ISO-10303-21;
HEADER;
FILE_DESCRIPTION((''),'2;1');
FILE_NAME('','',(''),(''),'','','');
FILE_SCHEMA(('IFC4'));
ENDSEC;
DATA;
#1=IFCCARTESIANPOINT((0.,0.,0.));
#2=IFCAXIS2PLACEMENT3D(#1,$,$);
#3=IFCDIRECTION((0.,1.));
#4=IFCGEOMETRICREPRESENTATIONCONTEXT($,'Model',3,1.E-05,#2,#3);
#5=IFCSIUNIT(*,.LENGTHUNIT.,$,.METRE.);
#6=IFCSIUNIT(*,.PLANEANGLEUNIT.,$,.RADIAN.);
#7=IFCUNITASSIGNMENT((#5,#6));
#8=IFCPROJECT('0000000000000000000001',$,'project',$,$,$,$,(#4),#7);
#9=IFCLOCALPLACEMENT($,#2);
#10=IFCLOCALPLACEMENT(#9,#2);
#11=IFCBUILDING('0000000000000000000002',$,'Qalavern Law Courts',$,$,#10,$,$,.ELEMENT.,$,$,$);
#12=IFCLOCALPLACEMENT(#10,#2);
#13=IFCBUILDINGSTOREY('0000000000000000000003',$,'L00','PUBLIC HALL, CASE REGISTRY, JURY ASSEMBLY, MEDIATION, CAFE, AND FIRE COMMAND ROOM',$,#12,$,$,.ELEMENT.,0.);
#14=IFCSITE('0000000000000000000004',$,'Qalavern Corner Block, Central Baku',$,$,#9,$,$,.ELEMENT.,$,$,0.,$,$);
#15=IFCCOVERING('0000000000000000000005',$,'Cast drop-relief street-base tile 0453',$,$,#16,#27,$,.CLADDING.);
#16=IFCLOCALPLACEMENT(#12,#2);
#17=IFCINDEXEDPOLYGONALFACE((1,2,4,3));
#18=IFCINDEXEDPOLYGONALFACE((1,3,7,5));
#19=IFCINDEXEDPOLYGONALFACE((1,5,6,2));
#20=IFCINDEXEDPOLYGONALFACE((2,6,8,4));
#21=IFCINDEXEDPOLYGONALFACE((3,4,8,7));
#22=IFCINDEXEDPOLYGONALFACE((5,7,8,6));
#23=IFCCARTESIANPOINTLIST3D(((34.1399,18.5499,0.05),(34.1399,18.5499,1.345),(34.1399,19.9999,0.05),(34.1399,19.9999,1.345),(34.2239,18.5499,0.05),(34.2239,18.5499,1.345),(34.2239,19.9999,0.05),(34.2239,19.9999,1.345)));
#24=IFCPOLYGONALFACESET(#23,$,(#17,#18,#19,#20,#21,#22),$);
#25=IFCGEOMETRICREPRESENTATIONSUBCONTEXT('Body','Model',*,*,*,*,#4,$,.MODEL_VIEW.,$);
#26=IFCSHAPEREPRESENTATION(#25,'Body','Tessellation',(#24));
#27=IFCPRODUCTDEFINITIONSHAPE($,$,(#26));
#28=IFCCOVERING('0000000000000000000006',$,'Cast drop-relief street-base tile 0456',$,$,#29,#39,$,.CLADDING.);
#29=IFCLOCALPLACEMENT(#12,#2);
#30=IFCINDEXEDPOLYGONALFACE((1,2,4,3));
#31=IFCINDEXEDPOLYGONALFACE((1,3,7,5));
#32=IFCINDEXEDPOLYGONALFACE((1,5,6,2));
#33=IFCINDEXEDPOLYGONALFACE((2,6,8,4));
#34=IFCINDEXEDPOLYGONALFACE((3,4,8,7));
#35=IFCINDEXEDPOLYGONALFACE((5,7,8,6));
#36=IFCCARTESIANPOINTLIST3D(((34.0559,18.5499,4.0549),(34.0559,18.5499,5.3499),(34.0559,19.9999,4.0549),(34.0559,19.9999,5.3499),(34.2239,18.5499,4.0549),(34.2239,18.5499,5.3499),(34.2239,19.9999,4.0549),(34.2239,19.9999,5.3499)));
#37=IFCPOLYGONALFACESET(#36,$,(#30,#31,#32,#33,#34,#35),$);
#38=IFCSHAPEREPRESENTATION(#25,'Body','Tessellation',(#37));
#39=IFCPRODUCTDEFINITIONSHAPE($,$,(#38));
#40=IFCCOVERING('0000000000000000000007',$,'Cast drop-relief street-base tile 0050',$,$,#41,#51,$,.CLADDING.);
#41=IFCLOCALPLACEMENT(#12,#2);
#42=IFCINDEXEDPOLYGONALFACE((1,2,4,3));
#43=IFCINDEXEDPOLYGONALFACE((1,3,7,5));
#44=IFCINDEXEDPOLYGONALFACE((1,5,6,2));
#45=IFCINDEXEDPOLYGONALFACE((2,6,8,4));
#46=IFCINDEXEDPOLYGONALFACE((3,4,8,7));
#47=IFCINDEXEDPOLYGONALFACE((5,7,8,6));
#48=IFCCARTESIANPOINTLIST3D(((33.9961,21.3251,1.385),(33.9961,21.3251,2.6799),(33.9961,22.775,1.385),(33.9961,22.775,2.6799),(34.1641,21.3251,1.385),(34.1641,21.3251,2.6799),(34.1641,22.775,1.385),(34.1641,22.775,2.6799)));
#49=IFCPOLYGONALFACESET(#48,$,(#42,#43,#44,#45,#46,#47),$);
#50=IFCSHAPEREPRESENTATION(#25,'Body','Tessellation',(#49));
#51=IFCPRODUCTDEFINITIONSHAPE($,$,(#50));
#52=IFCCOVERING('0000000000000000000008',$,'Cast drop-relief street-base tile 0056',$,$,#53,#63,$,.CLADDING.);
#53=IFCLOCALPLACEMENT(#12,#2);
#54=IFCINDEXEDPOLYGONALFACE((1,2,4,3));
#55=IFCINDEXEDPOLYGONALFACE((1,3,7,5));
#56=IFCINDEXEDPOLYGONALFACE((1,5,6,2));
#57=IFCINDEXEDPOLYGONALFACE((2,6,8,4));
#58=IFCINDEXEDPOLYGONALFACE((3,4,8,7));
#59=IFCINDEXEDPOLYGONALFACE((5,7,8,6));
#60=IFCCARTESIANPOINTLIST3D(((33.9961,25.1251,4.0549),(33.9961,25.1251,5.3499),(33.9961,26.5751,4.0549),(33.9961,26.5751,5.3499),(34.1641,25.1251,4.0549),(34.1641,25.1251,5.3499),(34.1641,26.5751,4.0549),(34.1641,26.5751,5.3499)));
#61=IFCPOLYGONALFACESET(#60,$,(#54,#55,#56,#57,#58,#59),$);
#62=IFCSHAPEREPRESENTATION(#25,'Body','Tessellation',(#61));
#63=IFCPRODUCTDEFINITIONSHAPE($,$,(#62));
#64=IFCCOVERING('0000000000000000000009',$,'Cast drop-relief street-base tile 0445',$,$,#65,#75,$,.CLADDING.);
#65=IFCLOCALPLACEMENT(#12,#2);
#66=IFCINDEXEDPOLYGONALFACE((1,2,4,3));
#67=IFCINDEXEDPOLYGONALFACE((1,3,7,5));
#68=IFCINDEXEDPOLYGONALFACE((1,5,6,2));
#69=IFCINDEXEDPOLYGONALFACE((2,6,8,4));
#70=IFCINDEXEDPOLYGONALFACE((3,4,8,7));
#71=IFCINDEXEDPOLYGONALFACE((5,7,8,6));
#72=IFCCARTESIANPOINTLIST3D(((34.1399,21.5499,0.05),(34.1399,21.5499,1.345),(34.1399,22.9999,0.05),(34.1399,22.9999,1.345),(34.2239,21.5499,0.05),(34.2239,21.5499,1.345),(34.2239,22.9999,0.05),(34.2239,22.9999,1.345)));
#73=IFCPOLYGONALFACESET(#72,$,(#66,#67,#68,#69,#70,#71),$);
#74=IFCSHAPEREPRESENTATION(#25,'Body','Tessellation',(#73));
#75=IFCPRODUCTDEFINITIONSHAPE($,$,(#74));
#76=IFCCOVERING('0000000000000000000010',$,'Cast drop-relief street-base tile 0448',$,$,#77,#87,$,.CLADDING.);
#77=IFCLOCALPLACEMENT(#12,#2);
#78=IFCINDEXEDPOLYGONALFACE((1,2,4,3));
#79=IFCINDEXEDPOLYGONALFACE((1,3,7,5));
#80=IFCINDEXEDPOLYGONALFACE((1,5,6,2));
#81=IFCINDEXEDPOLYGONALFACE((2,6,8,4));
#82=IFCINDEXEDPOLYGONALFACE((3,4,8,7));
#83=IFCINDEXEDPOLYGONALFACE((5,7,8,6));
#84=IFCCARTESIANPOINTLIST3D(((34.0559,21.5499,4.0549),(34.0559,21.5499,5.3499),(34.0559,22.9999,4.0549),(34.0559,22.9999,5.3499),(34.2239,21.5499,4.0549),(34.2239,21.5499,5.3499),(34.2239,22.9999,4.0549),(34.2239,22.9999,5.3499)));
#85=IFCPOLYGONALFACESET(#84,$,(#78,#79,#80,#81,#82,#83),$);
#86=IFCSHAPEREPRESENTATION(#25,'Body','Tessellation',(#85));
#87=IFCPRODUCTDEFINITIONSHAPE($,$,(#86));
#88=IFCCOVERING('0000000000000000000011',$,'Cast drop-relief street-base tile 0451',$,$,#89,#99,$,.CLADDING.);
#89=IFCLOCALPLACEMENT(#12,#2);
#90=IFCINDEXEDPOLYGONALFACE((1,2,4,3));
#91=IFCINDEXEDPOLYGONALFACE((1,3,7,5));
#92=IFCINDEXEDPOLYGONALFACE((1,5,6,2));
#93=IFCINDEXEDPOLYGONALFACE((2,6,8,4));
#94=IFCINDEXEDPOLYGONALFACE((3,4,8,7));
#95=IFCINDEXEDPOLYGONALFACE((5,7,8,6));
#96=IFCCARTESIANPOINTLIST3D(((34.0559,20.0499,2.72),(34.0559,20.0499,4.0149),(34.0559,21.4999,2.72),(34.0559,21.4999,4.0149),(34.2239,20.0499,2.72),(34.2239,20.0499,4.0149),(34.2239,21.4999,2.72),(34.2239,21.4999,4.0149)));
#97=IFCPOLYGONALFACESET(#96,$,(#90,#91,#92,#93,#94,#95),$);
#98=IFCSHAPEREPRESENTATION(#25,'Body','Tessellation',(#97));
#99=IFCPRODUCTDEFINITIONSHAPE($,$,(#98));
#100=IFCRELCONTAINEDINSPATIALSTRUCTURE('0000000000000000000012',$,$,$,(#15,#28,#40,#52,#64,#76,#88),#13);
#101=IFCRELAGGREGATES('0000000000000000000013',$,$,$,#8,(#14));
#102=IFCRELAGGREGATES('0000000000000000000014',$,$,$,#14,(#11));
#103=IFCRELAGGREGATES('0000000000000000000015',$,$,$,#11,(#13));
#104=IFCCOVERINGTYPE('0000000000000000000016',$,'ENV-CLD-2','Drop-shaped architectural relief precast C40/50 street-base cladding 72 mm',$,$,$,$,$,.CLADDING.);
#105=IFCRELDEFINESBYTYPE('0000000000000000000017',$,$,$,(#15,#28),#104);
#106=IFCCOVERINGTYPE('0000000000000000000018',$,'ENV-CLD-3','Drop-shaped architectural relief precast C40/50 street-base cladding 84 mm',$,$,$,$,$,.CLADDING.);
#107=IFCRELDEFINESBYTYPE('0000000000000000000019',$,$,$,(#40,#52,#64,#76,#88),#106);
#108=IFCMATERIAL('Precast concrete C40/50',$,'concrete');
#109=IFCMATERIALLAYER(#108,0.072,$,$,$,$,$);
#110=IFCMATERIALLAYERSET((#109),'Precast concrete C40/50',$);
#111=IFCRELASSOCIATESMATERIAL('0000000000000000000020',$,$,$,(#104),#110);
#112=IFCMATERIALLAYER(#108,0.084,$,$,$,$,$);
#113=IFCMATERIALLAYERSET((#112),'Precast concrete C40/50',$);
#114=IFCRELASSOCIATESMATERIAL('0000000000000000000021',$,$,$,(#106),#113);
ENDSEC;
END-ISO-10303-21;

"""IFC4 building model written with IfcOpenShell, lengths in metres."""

from ifc_helpers import new_model, si_unit, direction, frame, origin, origin_2d, place, context, subcontext, project, spatial, rectangle, extrude, material, layer, layer_set, type_object, element, save


model = new_model("IFC4")

# Units and contexts
model_context = context("Model", 3, precision=1e-05, world=origin(), true_north=direction((0.0, 1.0)))
body_context = subcontext(model_context, "Body", "Model", "MODEL_VIEW")
ifc_project = project(units=[si_unit("LENGTHUNIT", "METRE"), si_unit("PLANEANGLEUNIT", "RADIAN")], contexts=[model_context])

# Site, building, storey
site_placement = place(None, origin())
site = spatial("IfcSite", under=ifc_project, at=site_placement, Name="Qalavern Corner Block, Central Baku", CompositionType="ELEMENT", RefElevation=0.0)
building_placement = place(site_placement, origin())
building = spatial("IfcBuilding", under=site, at=building_placement, Name="Qalavern Law Courts", CompositionType="ELEMENT")
storey_placement = place(building_placement, origin())
storey = spatial("IfcBuildingStorey", under=building, at=storey_placement, Name="L00", Description="PUBLIC HALL, CASE REGISTRY, JURY ASSEMBLY, MEDIATION, CAFE, AND FIRE COMMAND ROOM", CompositionType="ELEMENT", Elevation=0.0)

# Coverings
ifc_material_1 = material(Name="Precast concrete C40/50", Category="concrete")
ifc_layer_1 = layer(ifc_material_1, 0.072)
ifc_layer_set_1 = layer_set([ifc_layer_1], Name="Precast concrete C40/50")
covering_type_1 = type_object("IfcCoveringType", Name="ENV-CLD-2", Description="Drop-shaped architectural relief precast C40/50 street-base cladding 72 mm", PredefinedType="CLADDING", material=ifc_layer_set_1)
for number, where, z_axis, x_axis, name in (
    (1, (34.1819, 19.2749, 0.05), (0.0, 0.0, 1.0), (0.0, -1.0, 0.0), "Cast drop-relief street-base tile 0453"),
):
    element("IfcCovering", number, at=place(storey_placement, frame(where, z_axis=z_axis, x_axis=x_axis)), inside=storey, type_object=covering_type_1, Name=name, PredefinedType="CLADDING", context=body_context, shape_type="SweptSolid", body=[
        extrude(rectangle(XDim=1.45, YDim=0.084, at=origin_2d()), origin(), (0.0, 0.0, 1.0), 1.2949),
    ])
covering_1_placement = place(storey_placement, frame((34.1399, 19.2749, 4.0549), z_axis=(0.0, 0.0, 1.0), x_axis=(0.0, -1.0, 0.0)))
element("IfcCovering", 2, at=covering_1_placement, inside=storey, type_object=covering_type_1, Name="Cast drop-relief street-base tile 0456", PredefinedType="CLADDING", context=body_context, shape_type="SweptSolid", body=[
    extrude(rectangle(XDim=1.45, YDim=0.168, at=origin_2d()), origin(), (0.0, 0.0, 1.0), 1.2949),
])
ifc_layer_2 = layer(ifc_material_1, 0.084)
ifc_layer_set_2 = layer_set([ifc_layer_2], Name="Precast concrete C40/50")
covering_type_2 = type_object("IfcCoveringType", Name="ENV-CLD-3", Description="Drop-shaped architectural relief precast C40/50 street-base cladding 84 mm", PredefinedType="CLADDING", material=ifc_layer_set_2)
for number, where, z_axis, x_axis, name in (
    (3, (34.0801, 22.05, 1.385), (0.0, 0.0, 1.0), (0.0, 1.0, 0.0), "Cast drop-relief street-base tile 0050"),
    (4, (34.0801, 25.8501, 4.0549), (0.0, 0.0, 1.0), (0.0, 1.0, 0.0), "Cast drop-relief street-base tile 0056"),
):
    element("IfcCovering", number, at=place(storey_placement, frame(where, z_axis=z_axis, x_axis=x_axis)), inside=storey, type_object=covering_type_2, Name=name, PredefinedType="CLADDING", context=body_context, shape_type="SweptSolid", body=[
        extrude(rectangle(XDim=1.45, YDim=0.168, at=origin_2d()), origin(), (0.0, 0.0, 1.0), 1.2949),
    ])
covering_2_placement = place(storey_placement, frame((34.1819, 22.2749, 0.05), z_axis=(0.0, 0.0, 1.0), x_axis=(0.0, -1.0, 0.0)))
element("IfcCovering", 5, at=covering_2_placement, inside=storey, type_object=covering_type_2, Name="Cast drop-relief street-base tile 0445", PredefinedType="CLADDING", context=body_context, shape_type="SweptSolid", body=[
    extrude(rectangle(XDim=1.45, YDim=0.084, at=origin_2d()), origin(), (0.0, 0.0, 1.0), 1.2949),
])
for number, where, z_axis, x_axis, name in (
    (6, (34.1399, 22.2749, 4.0549), (0.0, 0.0, 1.0), (0.0, -1.0, 0.0), "Cast drop-relief street-base tile 0448"),
    (7, (34.1399, 20.7749, 2.72), (0.0, 0.0, 1.0), (0.0, -1.0, 0.0), "Cast drop-relief street-base tile 0451"),
):
    element("IfcCovering", number, at=place(storey_placement, frame(where, z_axis=z_axis, x_axis=x_axis)), inside=storey, type_object=covering_type_2, Name=name, PredefinedType="CLADDING", context=body_context, shape_type="SweptSolid", body=[
        extrude(rectangle(XDim=1.45, YDim=0.168, at=origin_2d()), origin(), (0.0, 0.0, 1.0), 1.2949),
    ])

save(model, "model.ifc")
